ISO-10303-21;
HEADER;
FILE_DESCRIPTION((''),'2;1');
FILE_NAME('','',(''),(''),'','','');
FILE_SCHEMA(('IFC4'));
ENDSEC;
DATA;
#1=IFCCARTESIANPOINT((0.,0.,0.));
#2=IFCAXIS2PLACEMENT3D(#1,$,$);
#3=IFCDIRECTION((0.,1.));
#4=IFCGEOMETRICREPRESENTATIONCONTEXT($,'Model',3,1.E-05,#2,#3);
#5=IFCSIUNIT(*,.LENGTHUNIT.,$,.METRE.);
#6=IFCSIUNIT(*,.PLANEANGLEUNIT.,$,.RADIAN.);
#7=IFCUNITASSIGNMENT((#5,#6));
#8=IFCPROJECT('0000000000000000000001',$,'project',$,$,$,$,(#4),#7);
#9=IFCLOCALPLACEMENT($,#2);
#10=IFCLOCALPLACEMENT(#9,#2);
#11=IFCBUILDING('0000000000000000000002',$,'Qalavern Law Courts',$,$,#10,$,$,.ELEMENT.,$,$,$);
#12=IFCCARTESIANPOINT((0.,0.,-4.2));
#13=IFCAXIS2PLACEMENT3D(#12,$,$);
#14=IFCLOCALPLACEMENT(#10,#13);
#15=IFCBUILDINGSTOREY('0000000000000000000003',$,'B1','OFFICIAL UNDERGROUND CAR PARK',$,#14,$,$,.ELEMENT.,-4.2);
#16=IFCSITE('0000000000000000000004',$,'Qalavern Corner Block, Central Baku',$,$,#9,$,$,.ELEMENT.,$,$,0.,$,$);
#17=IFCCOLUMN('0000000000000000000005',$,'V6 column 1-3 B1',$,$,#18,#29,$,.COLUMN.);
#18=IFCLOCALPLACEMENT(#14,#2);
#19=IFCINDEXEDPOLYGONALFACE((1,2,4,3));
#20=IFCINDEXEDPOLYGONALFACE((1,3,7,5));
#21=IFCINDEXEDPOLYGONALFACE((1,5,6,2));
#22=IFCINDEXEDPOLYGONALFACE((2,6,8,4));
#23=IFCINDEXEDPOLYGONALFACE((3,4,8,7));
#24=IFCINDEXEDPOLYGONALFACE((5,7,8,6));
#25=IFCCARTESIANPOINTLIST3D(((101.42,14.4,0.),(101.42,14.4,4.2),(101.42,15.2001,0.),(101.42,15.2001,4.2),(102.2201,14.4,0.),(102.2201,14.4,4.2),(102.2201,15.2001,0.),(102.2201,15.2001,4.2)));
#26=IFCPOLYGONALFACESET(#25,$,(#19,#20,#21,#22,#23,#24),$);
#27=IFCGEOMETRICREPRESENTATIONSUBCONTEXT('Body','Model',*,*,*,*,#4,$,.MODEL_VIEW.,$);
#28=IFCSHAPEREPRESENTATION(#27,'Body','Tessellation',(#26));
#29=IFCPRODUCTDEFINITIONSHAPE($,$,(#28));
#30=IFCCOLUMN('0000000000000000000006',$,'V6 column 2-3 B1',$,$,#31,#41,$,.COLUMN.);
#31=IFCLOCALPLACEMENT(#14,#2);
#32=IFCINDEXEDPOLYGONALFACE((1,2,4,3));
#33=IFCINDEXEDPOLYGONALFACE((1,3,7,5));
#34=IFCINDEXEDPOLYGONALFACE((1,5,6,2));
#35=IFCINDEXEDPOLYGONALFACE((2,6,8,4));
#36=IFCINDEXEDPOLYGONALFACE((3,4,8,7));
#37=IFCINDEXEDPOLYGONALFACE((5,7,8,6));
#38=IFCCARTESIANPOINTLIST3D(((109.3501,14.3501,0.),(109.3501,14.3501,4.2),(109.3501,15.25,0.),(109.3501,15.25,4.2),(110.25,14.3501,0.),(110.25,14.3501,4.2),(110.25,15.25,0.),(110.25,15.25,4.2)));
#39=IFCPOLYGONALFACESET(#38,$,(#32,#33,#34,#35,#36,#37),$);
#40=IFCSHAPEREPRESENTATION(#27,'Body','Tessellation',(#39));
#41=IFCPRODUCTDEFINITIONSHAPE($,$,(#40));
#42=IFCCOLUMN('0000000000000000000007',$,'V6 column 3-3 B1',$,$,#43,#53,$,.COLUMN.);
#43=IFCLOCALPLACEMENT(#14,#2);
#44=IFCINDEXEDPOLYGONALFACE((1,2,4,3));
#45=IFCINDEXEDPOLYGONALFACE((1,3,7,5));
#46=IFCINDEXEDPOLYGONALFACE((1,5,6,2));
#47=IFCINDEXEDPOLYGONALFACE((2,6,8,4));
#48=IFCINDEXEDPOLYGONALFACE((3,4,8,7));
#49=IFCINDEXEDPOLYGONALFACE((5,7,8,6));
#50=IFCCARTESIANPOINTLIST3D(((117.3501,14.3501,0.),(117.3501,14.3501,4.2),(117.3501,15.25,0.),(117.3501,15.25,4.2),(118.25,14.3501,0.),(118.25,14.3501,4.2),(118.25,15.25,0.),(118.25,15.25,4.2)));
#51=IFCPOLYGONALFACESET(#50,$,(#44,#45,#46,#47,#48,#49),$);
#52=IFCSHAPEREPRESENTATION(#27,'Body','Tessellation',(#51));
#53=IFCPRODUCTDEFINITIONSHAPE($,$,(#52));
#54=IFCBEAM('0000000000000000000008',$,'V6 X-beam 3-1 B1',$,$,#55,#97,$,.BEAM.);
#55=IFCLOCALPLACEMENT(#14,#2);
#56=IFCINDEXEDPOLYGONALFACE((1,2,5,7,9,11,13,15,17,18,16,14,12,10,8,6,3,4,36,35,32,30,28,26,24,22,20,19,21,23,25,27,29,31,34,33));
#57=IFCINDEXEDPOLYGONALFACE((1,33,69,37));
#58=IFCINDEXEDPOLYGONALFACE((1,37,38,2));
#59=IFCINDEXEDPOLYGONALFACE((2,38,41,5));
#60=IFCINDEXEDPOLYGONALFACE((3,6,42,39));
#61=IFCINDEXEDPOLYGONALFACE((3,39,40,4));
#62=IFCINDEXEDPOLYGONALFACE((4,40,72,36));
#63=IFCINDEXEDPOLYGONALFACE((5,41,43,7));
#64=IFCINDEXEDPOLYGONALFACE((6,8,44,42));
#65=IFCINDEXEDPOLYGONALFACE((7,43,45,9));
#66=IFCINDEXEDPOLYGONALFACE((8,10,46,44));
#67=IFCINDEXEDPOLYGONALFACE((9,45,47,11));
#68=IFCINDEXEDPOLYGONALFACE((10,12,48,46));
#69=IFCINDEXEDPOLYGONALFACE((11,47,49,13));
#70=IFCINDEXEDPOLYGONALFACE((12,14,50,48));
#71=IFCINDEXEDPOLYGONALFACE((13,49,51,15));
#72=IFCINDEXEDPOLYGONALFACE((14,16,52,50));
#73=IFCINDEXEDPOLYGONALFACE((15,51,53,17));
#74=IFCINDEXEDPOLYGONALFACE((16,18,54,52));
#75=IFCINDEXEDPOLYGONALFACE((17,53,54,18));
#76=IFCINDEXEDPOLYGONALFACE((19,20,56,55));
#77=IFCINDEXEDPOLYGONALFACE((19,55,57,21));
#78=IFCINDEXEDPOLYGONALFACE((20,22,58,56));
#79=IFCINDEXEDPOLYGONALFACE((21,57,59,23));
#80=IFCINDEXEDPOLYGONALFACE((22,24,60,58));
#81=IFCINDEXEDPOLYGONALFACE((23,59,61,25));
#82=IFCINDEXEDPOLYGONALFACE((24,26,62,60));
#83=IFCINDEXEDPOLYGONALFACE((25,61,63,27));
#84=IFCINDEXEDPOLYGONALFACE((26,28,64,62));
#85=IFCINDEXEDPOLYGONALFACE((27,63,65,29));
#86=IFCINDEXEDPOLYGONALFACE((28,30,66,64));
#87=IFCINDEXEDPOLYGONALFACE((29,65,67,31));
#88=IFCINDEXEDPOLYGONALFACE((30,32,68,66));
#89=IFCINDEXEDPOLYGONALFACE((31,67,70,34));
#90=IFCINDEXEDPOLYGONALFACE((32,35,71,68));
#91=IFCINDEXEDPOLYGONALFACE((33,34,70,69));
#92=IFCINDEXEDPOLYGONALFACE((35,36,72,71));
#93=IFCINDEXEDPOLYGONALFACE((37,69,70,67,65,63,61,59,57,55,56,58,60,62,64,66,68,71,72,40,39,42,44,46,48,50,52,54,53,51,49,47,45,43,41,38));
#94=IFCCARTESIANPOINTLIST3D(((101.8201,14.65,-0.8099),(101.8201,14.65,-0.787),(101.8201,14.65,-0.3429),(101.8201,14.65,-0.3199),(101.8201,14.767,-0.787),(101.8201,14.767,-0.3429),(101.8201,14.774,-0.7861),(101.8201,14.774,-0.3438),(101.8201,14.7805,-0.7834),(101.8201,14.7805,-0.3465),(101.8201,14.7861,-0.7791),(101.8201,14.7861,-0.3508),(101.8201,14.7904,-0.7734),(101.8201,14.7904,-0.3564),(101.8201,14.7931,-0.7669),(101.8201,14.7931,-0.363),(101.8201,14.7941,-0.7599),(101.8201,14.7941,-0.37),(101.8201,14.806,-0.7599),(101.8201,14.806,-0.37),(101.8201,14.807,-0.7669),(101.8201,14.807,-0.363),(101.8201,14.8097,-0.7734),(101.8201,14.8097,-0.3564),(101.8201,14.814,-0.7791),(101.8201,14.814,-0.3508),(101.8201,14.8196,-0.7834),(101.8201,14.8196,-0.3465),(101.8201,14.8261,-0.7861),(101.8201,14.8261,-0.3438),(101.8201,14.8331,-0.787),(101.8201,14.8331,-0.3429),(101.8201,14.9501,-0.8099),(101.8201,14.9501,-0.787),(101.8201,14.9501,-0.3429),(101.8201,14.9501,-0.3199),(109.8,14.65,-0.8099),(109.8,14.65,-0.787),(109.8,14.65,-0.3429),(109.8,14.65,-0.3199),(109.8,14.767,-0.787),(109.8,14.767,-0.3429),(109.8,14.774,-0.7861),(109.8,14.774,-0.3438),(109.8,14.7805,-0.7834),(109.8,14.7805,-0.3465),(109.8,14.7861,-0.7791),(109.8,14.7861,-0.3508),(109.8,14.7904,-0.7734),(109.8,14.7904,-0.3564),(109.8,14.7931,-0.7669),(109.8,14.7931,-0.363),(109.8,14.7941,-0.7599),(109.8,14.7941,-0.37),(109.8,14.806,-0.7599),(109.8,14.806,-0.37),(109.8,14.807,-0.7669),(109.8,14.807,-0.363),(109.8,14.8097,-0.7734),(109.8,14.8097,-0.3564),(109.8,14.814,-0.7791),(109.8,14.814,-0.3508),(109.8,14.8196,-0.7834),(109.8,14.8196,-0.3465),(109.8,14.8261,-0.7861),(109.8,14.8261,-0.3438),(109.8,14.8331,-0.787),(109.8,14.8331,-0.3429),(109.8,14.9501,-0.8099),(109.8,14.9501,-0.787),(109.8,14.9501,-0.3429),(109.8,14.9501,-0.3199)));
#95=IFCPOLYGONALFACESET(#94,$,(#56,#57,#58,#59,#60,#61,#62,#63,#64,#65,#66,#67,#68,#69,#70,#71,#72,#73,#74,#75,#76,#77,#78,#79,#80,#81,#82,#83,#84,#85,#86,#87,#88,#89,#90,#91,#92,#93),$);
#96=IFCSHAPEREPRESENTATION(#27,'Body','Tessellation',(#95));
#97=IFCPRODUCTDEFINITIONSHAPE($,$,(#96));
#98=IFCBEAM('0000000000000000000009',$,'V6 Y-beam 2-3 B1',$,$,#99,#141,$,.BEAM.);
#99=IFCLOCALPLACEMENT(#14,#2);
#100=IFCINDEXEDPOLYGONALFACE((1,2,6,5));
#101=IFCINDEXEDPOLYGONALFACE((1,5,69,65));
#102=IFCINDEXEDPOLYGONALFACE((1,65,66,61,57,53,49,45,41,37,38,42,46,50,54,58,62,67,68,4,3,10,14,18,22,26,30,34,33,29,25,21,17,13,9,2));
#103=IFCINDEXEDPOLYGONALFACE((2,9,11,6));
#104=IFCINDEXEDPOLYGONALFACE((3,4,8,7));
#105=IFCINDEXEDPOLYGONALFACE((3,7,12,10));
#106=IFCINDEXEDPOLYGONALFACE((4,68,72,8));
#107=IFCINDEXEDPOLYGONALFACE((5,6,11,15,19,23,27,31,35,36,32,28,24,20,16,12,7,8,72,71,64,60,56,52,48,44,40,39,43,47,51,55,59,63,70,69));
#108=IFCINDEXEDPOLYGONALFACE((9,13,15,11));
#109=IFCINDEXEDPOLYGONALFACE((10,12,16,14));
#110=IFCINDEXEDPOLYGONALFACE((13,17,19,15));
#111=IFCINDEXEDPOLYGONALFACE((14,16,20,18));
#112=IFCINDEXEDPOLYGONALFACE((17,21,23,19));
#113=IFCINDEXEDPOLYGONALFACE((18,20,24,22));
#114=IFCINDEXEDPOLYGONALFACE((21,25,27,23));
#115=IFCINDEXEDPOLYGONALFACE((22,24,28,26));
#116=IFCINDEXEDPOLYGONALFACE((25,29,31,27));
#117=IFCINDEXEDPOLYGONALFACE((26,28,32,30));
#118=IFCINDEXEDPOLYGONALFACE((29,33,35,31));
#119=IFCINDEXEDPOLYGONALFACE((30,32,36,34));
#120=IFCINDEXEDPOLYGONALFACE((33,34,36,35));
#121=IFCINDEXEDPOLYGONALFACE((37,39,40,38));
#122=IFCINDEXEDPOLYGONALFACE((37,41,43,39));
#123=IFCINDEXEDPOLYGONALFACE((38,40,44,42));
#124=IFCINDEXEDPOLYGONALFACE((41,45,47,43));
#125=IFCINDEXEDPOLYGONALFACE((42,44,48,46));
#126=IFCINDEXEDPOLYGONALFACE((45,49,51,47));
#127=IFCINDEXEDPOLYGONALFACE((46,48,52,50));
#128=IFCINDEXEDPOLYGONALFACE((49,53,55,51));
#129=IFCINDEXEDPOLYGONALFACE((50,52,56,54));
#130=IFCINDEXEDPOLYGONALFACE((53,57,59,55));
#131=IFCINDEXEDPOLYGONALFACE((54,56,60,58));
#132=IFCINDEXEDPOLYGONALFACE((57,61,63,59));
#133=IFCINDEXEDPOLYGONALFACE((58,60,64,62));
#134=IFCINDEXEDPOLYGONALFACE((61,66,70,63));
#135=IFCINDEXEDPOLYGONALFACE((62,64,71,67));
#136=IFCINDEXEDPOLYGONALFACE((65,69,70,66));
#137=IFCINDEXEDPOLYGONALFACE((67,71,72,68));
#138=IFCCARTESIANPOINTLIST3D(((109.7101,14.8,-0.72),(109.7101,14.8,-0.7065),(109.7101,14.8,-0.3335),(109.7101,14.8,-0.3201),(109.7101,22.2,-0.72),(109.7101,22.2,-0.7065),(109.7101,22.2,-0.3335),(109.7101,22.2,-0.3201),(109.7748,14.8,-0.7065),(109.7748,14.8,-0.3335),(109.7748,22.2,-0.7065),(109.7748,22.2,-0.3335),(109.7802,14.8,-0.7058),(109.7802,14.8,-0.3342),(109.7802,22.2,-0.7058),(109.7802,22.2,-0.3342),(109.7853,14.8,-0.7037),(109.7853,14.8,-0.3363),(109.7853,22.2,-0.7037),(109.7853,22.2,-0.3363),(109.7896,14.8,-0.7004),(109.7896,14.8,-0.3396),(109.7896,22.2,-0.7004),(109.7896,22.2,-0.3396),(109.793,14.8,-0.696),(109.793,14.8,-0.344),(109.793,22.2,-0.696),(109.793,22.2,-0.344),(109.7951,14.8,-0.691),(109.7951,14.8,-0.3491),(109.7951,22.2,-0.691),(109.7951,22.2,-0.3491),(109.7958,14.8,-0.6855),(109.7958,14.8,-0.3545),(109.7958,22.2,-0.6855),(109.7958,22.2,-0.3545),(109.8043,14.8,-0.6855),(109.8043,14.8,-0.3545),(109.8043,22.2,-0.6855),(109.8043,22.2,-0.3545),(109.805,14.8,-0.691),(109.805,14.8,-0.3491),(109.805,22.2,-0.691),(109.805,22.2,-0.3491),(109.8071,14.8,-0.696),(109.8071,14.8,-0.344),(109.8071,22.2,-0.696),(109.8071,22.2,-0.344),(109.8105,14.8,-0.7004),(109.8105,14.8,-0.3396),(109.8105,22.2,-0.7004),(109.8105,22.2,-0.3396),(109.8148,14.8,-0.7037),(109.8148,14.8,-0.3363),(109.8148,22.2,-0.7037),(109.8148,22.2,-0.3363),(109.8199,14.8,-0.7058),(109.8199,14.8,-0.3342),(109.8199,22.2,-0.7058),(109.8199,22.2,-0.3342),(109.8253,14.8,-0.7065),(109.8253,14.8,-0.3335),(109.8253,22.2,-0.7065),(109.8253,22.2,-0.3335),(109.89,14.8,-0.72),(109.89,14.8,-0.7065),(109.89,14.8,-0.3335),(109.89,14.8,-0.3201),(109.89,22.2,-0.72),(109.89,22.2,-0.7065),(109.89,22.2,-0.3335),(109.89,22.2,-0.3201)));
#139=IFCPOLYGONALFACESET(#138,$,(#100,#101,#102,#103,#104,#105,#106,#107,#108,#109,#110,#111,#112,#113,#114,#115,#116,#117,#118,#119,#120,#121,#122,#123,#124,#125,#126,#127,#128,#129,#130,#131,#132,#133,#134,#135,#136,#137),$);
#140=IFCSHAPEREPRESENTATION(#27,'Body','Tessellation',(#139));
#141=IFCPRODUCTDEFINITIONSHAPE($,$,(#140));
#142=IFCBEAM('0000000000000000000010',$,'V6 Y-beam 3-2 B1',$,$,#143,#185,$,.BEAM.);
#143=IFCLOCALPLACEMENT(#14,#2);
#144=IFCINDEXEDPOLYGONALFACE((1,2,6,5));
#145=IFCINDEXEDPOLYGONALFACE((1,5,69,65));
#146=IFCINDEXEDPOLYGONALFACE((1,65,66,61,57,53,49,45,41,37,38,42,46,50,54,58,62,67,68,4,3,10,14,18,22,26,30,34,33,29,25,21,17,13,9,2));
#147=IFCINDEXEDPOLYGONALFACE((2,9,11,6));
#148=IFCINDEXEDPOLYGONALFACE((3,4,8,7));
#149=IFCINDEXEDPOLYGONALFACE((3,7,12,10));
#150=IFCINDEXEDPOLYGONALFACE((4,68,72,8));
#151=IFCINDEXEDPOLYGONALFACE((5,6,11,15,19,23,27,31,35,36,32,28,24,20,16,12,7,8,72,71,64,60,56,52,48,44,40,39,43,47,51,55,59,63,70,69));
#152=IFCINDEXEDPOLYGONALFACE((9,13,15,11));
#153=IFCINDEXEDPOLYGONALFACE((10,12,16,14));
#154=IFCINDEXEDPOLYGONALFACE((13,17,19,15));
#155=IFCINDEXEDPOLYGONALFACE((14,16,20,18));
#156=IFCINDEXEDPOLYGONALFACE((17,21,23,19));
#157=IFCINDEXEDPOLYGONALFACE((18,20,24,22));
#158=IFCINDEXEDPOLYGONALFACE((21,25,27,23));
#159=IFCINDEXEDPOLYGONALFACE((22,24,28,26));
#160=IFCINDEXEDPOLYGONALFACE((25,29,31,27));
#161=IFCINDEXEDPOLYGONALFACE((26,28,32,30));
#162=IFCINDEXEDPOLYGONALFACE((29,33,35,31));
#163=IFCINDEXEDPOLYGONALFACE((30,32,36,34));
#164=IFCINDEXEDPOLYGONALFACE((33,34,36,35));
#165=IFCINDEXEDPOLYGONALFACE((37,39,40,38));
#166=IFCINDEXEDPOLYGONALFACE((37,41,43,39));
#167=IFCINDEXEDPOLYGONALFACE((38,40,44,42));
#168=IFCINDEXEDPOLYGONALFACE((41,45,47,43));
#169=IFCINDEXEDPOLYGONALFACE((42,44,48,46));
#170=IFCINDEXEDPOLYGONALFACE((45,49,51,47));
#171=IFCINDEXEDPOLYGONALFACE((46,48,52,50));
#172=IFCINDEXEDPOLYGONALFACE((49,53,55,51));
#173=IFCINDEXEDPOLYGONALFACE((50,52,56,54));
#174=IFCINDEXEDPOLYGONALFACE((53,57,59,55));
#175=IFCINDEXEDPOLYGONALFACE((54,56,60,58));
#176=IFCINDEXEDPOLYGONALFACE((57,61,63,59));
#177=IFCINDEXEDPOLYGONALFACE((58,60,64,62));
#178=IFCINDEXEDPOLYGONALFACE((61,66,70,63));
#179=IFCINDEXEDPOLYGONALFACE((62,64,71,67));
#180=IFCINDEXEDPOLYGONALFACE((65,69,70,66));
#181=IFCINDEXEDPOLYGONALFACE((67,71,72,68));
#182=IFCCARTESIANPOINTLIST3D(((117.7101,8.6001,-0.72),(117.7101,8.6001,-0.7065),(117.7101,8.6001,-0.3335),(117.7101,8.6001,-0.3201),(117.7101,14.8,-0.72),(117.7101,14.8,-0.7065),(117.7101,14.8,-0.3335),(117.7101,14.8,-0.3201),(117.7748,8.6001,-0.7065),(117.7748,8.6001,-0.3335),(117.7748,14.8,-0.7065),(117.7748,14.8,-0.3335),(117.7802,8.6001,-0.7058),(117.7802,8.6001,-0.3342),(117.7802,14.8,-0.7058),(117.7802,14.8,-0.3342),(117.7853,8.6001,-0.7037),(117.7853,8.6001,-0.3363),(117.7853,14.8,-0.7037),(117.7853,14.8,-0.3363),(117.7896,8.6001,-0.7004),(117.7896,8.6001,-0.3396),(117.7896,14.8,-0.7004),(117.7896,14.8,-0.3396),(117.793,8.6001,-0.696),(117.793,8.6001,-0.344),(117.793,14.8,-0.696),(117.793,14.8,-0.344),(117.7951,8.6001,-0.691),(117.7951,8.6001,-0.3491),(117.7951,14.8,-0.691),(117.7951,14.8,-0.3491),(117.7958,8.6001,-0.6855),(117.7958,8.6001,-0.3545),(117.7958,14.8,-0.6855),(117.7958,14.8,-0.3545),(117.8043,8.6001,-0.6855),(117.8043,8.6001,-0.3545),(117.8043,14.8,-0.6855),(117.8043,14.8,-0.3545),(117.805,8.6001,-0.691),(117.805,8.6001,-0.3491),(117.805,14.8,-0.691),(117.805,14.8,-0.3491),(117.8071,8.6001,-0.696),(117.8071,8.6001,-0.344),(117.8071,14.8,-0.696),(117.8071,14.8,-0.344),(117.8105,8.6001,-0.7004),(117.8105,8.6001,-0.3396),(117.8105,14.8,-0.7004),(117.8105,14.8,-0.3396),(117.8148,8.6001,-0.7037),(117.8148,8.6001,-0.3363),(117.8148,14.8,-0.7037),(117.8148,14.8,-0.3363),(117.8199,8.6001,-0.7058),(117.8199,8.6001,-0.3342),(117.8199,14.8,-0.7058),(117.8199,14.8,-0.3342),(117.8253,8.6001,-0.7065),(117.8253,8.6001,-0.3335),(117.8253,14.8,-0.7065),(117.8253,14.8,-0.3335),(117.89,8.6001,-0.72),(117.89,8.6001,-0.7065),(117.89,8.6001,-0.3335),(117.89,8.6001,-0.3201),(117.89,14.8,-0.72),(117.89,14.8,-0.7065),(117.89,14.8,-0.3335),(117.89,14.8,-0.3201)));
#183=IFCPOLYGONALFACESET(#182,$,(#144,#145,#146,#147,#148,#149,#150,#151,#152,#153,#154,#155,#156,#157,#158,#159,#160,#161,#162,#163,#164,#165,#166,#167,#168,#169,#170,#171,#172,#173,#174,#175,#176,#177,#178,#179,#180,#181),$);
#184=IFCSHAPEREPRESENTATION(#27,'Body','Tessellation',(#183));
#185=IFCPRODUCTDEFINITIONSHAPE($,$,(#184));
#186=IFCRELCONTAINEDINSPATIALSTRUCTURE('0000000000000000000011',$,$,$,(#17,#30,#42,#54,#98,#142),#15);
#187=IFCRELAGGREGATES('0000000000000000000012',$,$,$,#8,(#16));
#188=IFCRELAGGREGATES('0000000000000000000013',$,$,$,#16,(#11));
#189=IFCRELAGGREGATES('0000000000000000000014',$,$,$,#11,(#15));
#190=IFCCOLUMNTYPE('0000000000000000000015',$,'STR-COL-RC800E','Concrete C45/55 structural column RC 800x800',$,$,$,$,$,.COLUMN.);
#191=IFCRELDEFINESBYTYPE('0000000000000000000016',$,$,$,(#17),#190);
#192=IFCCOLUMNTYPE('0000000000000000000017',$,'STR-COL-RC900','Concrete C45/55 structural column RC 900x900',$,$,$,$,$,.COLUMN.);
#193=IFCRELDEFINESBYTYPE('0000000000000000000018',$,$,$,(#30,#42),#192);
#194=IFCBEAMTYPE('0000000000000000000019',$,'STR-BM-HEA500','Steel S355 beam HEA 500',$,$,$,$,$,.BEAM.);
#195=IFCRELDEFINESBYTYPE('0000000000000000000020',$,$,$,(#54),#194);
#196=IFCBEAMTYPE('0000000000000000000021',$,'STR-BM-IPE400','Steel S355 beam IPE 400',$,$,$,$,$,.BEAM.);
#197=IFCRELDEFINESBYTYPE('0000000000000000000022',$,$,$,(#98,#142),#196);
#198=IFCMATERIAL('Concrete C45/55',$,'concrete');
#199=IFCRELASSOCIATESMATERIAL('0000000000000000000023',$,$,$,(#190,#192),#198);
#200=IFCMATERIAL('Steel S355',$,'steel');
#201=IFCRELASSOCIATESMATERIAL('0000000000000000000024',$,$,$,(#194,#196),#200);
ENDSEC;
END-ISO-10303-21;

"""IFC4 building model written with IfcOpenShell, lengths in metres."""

from ifc_helpers import new_model, si_unit, direction, frame, origin, origin_2d, place, context, subcontext, project, spatial, rectangle, i_section, extrude, material, material_profile, profile_set, type_object, element, save


model = new_model("IFC4")

# Units and contexts
model_context = context("Model", 3, precision=1e-05, world=origin(), true_north=direction((0.0, 1.0)))
body_context = subcontext(model_context, "Body", "Model", "MODEL_VIEW")
ifc_project = project(units=[si_unit("LENGTHUNIT", "METRE"), si_unit("PLANEANGLEUNIT", "RADIAN")], contexts=[model_context])

# Site, building, storey
site_placement = place(None, origin())
site = spatial("IfcSite", under=ifc_project, at=site_placement, Name="Qalavern Corner Block, Central Baku", CompositionType="ELEMENT", RefElevation=0.0)
building_placement = place(site_placement, origin())
building = spatial("IfcBuilding", under=site, at=building_placement, Name="Qalavern Law Courts", CompositionType="ELEMENT")
storey_placement = place(building_placement, frame((0.0, 0.0, -4.2)))
storey = spatial("IfcBuildingStorey", under=building, at=storey_placement, Name="B1", Description="OFFICIAL UNDERGROUND CAR PARK", CompositionType="ELEMENT", Elevation=-4.2)

# Columns
ifc_material_1 = material(Name="Concrete C45/55", Category="concrete")
ifc_material_profile_1 = material_profile(ifc_material_1, rectangle(XDim=0.8, YDim=0.8, at=origin_2d()), Name="RC 800x800")
ifc_profile_set_1 = profile_set([ifc_material_profile_1], Name="Concrete C45/55")
column_type_1 = type_object("IfcColumnType", Name="STR-COL-RC800E", Description="Concrete C45/55 structural column RC 800x800", PredefinedType="COLUMN", material=ifc_profile_set_1)
column_placement = place(storey_placement, frame((101.8201, 14.8, 0.0), z_axis=(0.0, 0.0, 1.0), x_axis=(1.0, 0.0, 0.0)))
element("IfcColumn", 1, at=column_placement, inside=storey, type_object=column_type_1, Name="V6 column 1-3 B1", PredefinedType="COLUMN", context=body_context, shape_type="SweptSolid", body=[
    extrude(rectangle(XDim=0.8, YDim=0.8, at=origin_2d()), origin(), (0.0, 0.0, 1.0), 4.2),
])
ifc_material_profile_2 = material_profile(ifc_material_1, rectangle(XDim=0.8999, YDim=0.8999, at=origin_2d()), Name="RC 900x900")
ifc_profile_set_2 = profile_set([ifc_material_profile_2], Name="Concrete C45/55")
column_type_2 = type_object("IfcColumnType", Name="STR-COL-RC900", Description="Concrete C45/55 structural column RC 900x900", PredefinedType="COLUMN", material=ifc_profile_set_2)
for number, where, z_axis, x_axis, name in (
    (2, (109.8, 14.8, 0.0), (0.0, 0.0, 1.0), (1.0, 0.0, 0.0), "V6 column 2-3 B1"),
    (3, (117.8, 14.8, 0.0), (0.0, 0.0, 1.0), (1.0, 0.0, 0.0), "V6 column 3-3 B1"),
):
    element("IfcColumn", number, at=place(storey_placement, frame(where, z_axis=z_axis, x_axis=x_axis)), inside=storey, type_object=column_type_2, Name=name, PredefinedType="COLUMN", context=body_context, shape_type="SweptSolid", body=[
        extrude(rectangle(XDim=0.8999, YDim=0.8999, at=origin_2d()), origin(), (0.0, 0.0, 1.0), 4.2),
    ])

# Beams
ifc_material_2 = material(Name="Steel S355", Category="steel")
ifc_material_profile_3 = material_profile(ifc_material_2, i_section(OverallWidth=0.3, OverallDepth=0.49, WebThickness=0.012, FlangeThickness=0.0229, FilletRadius=0.0271, at=origin_2d()), Name="HEA 500")
ifc_profile_set_3 = profile_set([ifc_material_profile_3], Name="Steel S355")
beam_type_1 = type_object("IfcBeamType", Name="STR-BM-HEA500", Description="Steel S355 beam HEA 500", PredefinedType="BEAM", material=ifc_profile_set_3)
beam_1_placement = place(storey_placement, frame((101.8201, 14.8, -0.5649), z_axis=(1.0, 0.0, 0.0), x_axis=(0.0, 1.0, 0.0)))
element("IfcBeam", 4, at=beam_1_placement, inside=storey, type_object=beam_type_1, Name="V6 X-beam 3-1 B1", PredefinedType="BEAM", context=body_context, shape_type="SweptSolid", body=[
    extrude(i_section(OverallWidth=0.3, OverallDepth=0.49, WebThickness=0.012, FlangeThickness=0.0229, FilletRadius=0.0271, at=origin_2d()), origin(), (0.0, 0.0, 1.0), 7.98),
])
ifc_material_profile_4 = material_profile(ifc_material_2, i_section(OverallWidth=0.1799, OverallDepth=0.3999, WebThickness=0.0085, FlangeThickness=0.0134, FilletRadius=0.021, at=origin_2d()), Name="IPE 400")
ifc_profile_set_4 = profile_set([ifc_material_profile_4], Name="Steel S355")
beam_type_2 = type_object("IfcBeamType", Name="STR-BM-IPE400", Description="Steel S355 beam IPE 400", PredefinedType="BEAM", material=ifc_profile_set_4)
beam_2_placement = place(storey_placement, frame((109.8, 14.8, -0.52), z_axis=(0.0, 1.0, 0.0), x_axis=(-1.0, 0.0, 0.0)))
element("IfcBeam", 5, at=beam_2_placement, inside=storey, type_object=beam_type_2, Name="V6 Y-beam 2-3 B1", PredefinedType="BEAM", context=body_context, shape_type="SweptSolid", body=[
    extrude(i_section(OverallWidth=0.1799, OverallDepth=0.3999, WebThickness=0.0085, FlangeThickness=0.0134, FilletRadius=0.021, at=origin_2d()), origin(), (0.0, 0.0, 1.0), 7.3999),
])
beam_3_placement = place(storey_placement, frame((117.8, 8.6001, -0.52), z_axis=(0.0, 1.0, 0.0), x_axis=(-1.0, 0.0, 0.0)))
element("IfcBeam", 6, at=beam_3_placement, inside=storey, type_object=beam_type_2, Name="V6 Y-beam 3-2 B1", PredefinedType="BEAM", context=body_context, shape_type="SweptSolid", body=[
    extrude(i_section(OverallWidth=0.1799, OverallDepth=0.3999, WebThickness=0.0085, FlangeThickness=0.0134, FilletRadius=0.021, at=origin_2d()), origin(), (0.0, 0.0, 1.0), 6.2),
])

save(model, "model.ifc")
